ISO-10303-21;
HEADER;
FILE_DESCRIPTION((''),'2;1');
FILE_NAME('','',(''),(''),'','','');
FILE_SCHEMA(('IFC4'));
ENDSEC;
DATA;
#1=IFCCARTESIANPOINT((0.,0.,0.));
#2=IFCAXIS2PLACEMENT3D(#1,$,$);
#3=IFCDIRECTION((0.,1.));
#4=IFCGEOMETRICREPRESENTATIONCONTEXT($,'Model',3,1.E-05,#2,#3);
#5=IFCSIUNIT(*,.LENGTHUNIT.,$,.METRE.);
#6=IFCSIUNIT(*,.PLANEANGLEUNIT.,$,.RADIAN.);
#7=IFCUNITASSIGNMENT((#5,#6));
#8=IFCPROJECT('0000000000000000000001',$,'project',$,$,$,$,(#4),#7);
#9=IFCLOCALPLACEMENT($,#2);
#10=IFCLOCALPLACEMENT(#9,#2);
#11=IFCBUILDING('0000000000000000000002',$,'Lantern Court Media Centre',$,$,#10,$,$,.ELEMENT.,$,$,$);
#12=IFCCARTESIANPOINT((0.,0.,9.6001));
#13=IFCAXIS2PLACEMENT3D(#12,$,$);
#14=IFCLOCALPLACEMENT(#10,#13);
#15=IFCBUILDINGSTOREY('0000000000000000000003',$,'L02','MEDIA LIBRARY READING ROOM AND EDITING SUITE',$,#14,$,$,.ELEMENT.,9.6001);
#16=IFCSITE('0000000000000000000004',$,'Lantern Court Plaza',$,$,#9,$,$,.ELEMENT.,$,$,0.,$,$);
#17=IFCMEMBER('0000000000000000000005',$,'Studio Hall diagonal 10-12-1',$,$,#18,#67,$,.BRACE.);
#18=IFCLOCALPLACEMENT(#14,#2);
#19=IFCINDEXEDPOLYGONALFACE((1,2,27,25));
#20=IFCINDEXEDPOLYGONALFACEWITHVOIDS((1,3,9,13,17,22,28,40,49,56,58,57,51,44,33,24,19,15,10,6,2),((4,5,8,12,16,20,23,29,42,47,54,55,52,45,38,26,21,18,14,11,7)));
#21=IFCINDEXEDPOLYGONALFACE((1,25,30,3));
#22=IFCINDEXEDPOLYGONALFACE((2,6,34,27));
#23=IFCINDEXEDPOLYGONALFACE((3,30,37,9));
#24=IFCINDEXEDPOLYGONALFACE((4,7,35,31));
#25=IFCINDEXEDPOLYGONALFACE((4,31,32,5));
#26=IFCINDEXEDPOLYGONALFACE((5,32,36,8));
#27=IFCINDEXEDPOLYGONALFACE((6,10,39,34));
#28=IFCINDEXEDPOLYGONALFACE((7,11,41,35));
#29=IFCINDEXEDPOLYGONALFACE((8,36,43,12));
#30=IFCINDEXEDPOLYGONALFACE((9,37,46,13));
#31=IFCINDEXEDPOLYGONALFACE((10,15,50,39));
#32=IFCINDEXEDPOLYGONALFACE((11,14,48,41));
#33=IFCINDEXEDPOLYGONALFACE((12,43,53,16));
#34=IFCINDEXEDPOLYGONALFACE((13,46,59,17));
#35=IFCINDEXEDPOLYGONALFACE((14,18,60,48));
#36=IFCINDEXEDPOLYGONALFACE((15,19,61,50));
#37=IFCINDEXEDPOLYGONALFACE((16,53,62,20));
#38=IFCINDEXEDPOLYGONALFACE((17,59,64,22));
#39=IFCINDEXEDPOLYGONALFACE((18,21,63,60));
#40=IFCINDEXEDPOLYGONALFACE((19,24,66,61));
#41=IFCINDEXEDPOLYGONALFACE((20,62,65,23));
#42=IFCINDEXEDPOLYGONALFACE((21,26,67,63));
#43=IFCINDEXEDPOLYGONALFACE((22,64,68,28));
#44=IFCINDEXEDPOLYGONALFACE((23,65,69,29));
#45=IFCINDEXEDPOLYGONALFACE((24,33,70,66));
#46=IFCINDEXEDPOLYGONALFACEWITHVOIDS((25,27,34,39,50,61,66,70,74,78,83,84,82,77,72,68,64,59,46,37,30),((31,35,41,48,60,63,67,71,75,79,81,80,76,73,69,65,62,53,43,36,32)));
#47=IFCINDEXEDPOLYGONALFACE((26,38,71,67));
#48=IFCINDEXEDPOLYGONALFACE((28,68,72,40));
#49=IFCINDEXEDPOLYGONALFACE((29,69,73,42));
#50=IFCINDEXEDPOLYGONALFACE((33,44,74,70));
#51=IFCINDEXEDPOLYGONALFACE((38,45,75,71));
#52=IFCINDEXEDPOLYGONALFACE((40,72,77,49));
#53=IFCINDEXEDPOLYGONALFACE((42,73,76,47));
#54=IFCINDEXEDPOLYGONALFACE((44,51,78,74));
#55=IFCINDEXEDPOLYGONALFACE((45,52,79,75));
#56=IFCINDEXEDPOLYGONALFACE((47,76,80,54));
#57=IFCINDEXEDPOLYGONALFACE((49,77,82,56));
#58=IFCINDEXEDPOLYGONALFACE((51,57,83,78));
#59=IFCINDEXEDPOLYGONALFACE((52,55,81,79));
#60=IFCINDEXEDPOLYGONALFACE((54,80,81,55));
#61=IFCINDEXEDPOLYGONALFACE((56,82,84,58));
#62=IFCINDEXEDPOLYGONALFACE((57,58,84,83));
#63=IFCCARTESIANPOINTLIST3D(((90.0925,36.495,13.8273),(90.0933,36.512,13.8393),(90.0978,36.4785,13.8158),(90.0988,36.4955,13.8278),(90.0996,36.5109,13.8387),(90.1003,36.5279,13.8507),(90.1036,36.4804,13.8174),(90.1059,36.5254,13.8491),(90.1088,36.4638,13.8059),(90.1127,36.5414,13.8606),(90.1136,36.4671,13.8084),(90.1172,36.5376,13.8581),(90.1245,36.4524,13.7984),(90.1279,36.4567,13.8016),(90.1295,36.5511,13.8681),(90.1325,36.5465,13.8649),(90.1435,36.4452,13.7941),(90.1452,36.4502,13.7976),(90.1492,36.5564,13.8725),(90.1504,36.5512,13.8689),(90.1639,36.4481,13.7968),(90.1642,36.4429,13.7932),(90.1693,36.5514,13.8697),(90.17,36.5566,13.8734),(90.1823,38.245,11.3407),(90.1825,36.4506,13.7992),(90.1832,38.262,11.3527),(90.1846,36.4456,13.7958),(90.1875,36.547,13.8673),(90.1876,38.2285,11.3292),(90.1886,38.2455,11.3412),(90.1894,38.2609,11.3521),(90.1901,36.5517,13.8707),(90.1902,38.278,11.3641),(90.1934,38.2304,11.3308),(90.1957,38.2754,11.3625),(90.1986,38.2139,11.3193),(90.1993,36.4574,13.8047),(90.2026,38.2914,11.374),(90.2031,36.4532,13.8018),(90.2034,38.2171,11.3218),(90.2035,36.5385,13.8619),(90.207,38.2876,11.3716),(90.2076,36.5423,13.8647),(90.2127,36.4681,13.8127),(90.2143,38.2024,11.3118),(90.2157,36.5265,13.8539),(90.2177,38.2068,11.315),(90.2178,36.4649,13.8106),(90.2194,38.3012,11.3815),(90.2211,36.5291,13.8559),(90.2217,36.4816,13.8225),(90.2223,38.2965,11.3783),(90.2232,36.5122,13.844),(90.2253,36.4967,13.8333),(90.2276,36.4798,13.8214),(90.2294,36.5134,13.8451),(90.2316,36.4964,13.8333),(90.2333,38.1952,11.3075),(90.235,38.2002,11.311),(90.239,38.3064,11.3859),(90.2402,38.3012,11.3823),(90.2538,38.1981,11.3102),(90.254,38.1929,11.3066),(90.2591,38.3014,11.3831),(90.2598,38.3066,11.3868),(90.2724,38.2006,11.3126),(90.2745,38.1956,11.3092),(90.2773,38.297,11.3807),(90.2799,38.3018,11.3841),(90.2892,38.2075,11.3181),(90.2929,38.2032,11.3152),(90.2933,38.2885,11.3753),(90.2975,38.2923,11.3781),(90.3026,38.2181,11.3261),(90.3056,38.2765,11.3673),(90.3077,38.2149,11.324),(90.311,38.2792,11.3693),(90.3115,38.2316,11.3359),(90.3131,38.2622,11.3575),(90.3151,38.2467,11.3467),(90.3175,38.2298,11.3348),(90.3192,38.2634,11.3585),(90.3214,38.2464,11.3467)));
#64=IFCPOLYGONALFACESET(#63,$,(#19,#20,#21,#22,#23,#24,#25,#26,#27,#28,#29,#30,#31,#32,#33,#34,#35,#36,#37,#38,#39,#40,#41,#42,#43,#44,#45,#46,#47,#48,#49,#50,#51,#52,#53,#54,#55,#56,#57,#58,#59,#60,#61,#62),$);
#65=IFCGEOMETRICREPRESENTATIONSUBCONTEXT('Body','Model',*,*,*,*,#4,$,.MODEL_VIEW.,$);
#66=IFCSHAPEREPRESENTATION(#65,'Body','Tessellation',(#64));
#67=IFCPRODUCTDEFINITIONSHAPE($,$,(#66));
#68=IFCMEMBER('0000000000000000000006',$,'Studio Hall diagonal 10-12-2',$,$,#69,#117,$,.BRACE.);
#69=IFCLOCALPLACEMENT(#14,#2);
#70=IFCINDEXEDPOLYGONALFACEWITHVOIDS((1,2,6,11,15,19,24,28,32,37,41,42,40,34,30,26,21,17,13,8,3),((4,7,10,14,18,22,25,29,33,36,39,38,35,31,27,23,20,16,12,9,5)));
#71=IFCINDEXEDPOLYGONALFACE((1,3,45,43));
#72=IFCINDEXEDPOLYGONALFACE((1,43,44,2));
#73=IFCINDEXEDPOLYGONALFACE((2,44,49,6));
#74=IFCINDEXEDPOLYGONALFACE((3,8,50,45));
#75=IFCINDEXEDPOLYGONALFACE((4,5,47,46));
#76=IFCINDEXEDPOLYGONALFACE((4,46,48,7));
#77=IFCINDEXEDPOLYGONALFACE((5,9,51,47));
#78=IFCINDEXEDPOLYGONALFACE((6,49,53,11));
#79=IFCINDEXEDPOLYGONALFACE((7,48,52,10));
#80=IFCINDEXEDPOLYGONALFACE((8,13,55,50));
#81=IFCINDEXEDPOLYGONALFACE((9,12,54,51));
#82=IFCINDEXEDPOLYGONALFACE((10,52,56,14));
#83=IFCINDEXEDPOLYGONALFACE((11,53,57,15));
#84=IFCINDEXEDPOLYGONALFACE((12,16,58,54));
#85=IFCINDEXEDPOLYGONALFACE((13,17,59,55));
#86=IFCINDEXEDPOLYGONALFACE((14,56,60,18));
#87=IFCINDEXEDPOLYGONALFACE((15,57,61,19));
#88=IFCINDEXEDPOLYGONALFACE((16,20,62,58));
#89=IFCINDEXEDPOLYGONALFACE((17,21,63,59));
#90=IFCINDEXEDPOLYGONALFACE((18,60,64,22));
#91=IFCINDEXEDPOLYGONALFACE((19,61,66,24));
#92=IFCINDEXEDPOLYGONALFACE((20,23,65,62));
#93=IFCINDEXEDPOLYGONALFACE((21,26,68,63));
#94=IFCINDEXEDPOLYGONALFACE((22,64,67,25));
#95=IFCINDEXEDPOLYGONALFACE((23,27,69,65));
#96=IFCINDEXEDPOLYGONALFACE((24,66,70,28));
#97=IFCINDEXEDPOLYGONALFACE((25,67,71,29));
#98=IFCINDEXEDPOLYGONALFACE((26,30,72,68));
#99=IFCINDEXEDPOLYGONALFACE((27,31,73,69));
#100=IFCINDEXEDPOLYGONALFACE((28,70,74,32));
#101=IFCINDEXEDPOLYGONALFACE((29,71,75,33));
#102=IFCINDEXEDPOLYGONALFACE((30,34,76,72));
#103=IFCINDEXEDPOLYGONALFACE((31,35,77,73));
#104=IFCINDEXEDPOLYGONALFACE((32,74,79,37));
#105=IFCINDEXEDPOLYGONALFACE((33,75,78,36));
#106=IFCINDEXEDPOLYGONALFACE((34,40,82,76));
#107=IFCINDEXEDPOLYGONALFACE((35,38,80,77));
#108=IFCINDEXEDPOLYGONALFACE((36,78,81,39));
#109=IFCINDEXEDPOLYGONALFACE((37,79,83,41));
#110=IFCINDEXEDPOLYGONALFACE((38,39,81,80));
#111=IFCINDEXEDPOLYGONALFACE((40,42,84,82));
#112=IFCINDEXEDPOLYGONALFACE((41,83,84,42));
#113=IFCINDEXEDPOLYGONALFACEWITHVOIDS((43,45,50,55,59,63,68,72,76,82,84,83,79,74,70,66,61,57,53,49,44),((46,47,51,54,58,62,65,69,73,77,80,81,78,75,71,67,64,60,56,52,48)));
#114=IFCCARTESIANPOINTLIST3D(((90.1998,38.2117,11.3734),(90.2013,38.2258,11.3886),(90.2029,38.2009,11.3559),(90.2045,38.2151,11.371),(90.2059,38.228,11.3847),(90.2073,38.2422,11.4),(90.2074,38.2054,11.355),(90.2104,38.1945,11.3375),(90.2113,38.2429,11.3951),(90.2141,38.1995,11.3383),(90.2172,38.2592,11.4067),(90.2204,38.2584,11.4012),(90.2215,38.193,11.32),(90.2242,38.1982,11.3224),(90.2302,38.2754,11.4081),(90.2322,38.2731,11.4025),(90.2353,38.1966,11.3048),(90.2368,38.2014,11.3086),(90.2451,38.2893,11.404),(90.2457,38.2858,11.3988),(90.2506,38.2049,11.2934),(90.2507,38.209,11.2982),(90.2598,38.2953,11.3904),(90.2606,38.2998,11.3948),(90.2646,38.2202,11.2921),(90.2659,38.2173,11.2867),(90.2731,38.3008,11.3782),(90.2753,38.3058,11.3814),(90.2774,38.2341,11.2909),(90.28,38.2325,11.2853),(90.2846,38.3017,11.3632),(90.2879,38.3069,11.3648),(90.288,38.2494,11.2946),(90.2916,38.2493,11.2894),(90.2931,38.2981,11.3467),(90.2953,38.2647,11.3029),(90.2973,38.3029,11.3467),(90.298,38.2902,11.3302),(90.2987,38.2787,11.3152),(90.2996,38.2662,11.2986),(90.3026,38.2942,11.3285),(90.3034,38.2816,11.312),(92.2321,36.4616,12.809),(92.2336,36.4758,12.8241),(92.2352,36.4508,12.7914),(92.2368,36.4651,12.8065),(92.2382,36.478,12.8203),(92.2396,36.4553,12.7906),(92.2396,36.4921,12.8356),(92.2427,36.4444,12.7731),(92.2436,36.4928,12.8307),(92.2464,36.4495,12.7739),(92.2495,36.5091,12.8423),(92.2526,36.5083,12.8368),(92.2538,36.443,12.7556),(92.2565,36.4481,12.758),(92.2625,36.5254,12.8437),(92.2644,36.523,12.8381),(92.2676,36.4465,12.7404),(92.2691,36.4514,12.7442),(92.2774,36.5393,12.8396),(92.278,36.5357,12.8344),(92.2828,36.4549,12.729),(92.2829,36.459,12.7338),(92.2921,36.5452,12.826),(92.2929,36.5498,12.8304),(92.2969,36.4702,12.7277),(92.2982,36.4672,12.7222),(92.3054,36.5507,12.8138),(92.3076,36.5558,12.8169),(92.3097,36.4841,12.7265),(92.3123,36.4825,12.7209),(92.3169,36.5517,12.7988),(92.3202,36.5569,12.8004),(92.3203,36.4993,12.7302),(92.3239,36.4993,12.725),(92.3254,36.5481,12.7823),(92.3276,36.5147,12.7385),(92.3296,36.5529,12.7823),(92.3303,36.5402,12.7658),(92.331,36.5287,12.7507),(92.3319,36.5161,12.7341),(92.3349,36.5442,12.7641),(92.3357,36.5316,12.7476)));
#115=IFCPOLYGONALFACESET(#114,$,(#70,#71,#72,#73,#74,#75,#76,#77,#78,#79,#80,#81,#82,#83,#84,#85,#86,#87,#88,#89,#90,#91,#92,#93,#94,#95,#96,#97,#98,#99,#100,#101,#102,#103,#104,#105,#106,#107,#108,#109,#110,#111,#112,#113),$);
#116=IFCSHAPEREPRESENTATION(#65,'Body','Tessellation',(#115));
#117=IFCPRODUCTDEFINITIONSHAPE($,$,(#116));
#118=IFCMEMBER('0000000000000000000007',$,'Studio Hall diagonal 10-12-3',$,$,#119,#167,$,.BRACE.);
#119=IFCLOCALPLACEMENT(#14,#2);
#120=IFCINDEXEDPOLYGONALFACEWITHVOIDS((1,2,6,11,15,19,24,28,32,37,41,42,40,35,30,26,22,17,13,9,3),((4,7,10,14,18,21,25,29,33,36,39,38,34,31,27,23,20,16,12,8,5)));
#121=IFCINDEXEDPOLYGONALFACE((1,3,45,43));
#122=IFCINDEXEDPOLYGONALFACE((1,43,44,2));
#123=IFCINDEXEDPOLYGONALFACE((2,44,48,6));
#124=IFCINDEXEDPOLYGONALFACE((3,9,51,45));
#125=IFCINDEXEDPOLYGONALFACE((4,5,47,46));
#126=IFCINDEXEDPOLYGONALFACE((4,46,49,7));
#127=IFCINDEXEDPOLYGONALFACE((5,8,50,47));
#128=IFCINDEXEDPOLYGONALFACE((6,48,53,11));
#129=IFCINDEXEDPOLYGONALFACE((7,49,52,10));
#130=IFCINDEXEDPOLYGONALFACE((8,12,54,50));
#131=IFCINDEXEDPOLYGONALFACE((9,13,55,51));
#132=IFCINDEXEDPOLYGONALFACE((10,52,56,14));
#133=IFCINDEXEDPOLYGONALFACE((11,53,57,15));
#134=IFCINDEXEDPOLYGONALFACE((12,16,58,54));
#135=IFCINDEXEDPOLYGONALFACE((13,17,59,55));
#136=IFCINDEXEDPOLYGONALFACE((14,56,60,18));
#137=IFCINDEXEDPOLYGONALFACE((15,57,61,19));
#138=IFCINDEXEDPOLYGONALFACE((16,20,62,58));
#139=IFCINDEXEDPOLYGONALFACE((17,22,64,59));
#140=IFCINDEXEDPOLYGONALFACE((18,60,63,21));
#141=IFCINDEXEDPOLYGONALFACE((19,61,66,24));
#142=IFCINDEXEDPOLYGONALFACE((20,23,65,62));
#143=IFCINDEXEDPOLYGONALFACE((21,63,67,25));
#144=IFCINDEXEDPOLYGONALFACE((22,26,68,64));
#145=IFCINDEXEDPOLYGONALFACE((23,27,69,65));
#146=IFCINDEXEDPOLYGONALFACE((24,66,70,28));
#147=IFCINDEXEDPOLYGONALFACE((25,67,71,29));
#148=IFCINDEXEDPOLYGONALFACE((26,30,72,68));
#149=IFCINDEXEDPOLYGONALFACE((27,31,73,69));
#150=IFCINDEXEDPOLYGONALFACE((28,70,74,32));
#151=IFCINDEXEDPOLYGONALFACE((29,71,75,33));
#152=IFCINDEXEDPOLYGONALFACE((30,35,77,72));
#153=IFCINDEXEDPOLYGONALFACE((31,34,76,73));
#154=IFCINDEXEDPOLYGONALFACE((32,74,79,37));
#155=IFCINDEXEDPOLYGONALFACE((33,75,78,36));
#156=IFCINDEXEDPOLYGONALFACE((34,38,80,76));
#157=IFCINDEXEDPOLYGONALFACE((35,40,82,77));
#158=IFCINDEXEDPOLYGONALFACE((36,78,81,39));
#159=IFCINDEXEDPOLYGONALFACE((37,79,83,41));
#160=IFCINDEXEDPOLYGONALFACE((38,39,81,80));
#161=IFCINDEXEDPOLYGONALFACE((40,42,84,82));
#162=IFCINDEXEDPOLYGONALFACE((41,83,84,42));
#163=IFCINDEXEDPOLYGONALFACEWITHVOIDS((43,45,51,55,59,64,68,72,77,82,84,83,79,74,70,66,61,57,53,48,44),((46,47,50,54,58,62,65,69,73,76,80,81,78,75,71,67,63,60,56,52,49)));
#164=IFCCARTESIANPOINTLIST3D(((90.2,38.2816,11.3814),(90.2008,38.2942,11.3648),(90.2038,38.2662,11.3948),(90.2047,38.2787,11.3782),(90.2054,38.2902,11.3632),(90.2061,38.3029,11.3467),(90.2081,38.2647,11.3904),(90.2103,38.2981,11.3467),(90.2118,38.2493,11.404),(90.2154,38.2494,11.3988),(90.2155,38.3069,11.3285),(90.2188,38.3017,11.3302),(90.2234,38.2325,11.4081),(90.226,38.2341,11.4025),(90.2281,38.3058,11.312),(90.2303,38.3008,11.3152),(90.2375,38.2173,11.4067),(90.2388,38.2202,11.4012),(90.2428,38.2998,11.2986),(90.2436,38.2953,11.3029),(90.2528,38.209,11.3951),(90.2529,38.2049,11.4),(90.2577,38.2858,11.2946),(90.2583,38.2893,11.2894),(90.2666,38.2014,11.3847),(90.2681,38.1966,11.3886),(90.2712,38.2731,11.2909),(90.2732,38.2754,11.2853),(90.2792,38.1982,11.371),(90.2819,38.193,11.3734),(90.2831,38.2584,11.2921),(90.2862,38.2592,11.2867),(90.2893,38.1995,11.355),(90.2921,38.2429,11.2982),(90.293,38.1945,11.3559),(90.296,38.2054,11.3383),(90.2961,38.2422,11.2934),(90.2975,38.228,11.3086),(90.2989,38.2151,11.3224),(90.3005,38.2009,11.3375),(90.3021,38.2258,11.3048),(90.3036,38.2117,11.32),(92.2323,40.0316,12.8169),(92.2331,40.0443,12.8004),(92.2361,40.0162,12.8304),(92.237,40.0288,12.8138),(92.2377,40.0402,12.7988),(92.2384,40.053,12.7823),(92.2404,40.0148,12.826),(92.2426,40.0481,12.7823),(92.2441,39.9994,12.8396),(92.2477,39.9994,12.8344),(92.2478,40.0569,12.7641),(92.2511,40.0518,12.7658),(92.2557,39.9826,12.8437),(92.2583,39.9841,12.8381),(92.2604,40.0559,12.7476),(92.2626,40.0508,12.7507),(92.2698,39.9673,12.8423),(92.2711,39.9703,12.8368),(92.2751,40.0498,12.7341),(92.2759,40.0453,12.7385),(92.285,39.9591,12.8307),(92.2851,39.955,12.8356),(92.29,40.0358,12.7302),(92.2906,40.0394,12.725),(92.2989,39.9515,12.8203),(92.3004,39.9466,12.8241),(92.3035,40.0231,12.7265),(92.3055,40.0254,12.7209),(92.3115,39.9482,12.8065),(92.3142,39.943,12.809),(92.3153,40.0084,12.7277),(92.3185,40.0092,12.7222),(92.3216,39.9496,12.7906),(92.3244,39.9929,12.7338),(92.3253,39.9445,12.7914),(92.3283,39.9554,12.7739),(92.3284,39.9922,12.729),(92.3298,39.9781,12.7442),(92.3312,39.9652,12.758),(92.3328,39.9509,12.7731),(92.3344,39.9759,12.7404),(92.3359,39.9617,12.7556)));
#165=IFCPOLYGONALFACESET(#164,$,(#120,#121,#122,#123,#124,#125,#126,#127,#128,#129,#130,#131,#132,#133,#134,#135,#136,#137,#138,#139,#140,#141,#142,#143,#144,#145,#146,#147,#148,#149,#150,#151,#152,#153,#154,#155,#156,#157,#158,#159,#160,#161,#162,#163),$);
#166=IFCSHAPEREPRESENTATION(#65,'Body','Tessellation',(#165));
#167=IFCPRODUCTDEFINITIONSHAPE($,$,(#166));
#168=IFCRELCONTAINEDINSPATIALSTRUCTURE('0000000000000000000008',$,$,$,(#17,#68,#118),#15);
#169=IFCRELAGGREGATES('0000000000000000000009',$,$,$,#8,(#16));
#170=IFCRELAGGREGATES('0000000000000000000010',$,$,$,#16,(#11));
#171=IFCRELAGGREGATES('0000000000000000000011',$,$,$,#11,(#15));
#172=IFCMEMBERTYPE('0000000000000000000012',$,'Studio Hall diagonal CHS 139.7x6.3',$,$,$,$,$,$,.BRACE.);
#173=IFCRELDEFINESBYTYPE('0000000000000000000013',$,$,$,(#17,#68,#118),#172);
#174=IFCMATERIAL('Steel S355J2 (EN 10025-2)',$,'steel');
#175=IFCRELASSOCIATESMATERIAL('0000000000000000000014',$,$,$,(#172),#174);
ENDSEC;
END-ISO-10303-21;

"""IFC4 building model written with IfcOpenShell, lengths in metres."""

from ifc_helpers import new_model, si_unit, direction, frame, origin, origin_2d, place, context, subcontext, project, spatial, hollow_circle, extrude, material, material_profile, profile_set, type_object, element, save


model = new_model("IFC4")

# Units and contexts
model_context = context("Model", 3, precision=1e-05, world=origin(), true_north=direction((0.0, 1.0)))
body_context = subcontext(model_context, "Body", "Model", "MODEL_VIEW")
ifc_project = project(units=[si_unit("LENGTHUNIT", "METRE"), si_unit("PLANEANGLEUNIT", "RADIAN")], contexts=[model_context])

# Site, building, storey
site_placement = place(None, origin())
site = spatial("IfcSite", under=ifc_project, at=site_placement, Name="Lantern Court Plaza", CompositionType="ELEMENT", RefElevation=0.0)
building_placement = place(site_placement, origin())
building = spatial("IfcBuilding", under=site, at=building_placement, Name="Lantern Court Media Centre", CompositionType="ELEMENT")
storey_placement = place(building_placement, frame((0.0, 0.0, 9.6001)))
storey = spatial("IfcBuildingStorey", under=building, at=storey_placement, Name="L02", Description="MEDIA LIBRARY READING ROOM AND EDITING SUITE", CompositionType="ELEMENT", Elevation=9.6001)

# Members
ifc_material_1 = material(Name="Steel S355J2 (EN 10025-2)", Category="steel")
ifc_material_profile_1 = material_profile(ifc_material_1, hollow_circle(Radius=0.0698, WallThickness=0.0063, at=origin_2d()), Name="Studio Hall diagonal CHS 139.7x6.3")
ifc_profile_set_1 = profile_set([ifc_material_profile_1], Name="Steel S355J2 (EN 10025-2)")
member_type_1 = type_object("IfcMemberType", Name="Studio Hall diagonal CHS 139.7x6.3", PredefinedType="BRACE", material=ifc_profile_set_1)
for number, where, z_axis, x_axis, name in (
    (1, (90.2517, 38.25, 11.3467), (-0.029535, -0.575284, 0.81742), (0.998685, -0.051272, 0.0), "Studio Hall diagonal 10-12-1"),
    (2, (90.2517, 38.25, 11.3467), (0.668075, -0.575296, 0.471922), (0.652529, 0.757764, 0.0), "Studio Hall diagonal 10-12-2"),
    (3, (90.2517, 38.25, 11.3467), (0.668075, 0.575296, 0.471922), (-0.652529, 0.757764, 0.0), "Studio Hall diagonal 10-12-3"),
):
    element("IfcMember", number, at=place(storey_placement, frame(where, z_axis=z_axis, x_axis=x_axis)), inside=storey, type_object=member_type_1, Name=name, PredefinedType="BRACE", context=body_context, shape_type="SweptSolid", body=[
        extrude(hollow_circle(Radius=0.0698, WallThickness=0.0063, at=origin_2d()), origin(), (0.0, 0.0, 1.0), 3.042),
    ])

save(model, "model.ifc")
